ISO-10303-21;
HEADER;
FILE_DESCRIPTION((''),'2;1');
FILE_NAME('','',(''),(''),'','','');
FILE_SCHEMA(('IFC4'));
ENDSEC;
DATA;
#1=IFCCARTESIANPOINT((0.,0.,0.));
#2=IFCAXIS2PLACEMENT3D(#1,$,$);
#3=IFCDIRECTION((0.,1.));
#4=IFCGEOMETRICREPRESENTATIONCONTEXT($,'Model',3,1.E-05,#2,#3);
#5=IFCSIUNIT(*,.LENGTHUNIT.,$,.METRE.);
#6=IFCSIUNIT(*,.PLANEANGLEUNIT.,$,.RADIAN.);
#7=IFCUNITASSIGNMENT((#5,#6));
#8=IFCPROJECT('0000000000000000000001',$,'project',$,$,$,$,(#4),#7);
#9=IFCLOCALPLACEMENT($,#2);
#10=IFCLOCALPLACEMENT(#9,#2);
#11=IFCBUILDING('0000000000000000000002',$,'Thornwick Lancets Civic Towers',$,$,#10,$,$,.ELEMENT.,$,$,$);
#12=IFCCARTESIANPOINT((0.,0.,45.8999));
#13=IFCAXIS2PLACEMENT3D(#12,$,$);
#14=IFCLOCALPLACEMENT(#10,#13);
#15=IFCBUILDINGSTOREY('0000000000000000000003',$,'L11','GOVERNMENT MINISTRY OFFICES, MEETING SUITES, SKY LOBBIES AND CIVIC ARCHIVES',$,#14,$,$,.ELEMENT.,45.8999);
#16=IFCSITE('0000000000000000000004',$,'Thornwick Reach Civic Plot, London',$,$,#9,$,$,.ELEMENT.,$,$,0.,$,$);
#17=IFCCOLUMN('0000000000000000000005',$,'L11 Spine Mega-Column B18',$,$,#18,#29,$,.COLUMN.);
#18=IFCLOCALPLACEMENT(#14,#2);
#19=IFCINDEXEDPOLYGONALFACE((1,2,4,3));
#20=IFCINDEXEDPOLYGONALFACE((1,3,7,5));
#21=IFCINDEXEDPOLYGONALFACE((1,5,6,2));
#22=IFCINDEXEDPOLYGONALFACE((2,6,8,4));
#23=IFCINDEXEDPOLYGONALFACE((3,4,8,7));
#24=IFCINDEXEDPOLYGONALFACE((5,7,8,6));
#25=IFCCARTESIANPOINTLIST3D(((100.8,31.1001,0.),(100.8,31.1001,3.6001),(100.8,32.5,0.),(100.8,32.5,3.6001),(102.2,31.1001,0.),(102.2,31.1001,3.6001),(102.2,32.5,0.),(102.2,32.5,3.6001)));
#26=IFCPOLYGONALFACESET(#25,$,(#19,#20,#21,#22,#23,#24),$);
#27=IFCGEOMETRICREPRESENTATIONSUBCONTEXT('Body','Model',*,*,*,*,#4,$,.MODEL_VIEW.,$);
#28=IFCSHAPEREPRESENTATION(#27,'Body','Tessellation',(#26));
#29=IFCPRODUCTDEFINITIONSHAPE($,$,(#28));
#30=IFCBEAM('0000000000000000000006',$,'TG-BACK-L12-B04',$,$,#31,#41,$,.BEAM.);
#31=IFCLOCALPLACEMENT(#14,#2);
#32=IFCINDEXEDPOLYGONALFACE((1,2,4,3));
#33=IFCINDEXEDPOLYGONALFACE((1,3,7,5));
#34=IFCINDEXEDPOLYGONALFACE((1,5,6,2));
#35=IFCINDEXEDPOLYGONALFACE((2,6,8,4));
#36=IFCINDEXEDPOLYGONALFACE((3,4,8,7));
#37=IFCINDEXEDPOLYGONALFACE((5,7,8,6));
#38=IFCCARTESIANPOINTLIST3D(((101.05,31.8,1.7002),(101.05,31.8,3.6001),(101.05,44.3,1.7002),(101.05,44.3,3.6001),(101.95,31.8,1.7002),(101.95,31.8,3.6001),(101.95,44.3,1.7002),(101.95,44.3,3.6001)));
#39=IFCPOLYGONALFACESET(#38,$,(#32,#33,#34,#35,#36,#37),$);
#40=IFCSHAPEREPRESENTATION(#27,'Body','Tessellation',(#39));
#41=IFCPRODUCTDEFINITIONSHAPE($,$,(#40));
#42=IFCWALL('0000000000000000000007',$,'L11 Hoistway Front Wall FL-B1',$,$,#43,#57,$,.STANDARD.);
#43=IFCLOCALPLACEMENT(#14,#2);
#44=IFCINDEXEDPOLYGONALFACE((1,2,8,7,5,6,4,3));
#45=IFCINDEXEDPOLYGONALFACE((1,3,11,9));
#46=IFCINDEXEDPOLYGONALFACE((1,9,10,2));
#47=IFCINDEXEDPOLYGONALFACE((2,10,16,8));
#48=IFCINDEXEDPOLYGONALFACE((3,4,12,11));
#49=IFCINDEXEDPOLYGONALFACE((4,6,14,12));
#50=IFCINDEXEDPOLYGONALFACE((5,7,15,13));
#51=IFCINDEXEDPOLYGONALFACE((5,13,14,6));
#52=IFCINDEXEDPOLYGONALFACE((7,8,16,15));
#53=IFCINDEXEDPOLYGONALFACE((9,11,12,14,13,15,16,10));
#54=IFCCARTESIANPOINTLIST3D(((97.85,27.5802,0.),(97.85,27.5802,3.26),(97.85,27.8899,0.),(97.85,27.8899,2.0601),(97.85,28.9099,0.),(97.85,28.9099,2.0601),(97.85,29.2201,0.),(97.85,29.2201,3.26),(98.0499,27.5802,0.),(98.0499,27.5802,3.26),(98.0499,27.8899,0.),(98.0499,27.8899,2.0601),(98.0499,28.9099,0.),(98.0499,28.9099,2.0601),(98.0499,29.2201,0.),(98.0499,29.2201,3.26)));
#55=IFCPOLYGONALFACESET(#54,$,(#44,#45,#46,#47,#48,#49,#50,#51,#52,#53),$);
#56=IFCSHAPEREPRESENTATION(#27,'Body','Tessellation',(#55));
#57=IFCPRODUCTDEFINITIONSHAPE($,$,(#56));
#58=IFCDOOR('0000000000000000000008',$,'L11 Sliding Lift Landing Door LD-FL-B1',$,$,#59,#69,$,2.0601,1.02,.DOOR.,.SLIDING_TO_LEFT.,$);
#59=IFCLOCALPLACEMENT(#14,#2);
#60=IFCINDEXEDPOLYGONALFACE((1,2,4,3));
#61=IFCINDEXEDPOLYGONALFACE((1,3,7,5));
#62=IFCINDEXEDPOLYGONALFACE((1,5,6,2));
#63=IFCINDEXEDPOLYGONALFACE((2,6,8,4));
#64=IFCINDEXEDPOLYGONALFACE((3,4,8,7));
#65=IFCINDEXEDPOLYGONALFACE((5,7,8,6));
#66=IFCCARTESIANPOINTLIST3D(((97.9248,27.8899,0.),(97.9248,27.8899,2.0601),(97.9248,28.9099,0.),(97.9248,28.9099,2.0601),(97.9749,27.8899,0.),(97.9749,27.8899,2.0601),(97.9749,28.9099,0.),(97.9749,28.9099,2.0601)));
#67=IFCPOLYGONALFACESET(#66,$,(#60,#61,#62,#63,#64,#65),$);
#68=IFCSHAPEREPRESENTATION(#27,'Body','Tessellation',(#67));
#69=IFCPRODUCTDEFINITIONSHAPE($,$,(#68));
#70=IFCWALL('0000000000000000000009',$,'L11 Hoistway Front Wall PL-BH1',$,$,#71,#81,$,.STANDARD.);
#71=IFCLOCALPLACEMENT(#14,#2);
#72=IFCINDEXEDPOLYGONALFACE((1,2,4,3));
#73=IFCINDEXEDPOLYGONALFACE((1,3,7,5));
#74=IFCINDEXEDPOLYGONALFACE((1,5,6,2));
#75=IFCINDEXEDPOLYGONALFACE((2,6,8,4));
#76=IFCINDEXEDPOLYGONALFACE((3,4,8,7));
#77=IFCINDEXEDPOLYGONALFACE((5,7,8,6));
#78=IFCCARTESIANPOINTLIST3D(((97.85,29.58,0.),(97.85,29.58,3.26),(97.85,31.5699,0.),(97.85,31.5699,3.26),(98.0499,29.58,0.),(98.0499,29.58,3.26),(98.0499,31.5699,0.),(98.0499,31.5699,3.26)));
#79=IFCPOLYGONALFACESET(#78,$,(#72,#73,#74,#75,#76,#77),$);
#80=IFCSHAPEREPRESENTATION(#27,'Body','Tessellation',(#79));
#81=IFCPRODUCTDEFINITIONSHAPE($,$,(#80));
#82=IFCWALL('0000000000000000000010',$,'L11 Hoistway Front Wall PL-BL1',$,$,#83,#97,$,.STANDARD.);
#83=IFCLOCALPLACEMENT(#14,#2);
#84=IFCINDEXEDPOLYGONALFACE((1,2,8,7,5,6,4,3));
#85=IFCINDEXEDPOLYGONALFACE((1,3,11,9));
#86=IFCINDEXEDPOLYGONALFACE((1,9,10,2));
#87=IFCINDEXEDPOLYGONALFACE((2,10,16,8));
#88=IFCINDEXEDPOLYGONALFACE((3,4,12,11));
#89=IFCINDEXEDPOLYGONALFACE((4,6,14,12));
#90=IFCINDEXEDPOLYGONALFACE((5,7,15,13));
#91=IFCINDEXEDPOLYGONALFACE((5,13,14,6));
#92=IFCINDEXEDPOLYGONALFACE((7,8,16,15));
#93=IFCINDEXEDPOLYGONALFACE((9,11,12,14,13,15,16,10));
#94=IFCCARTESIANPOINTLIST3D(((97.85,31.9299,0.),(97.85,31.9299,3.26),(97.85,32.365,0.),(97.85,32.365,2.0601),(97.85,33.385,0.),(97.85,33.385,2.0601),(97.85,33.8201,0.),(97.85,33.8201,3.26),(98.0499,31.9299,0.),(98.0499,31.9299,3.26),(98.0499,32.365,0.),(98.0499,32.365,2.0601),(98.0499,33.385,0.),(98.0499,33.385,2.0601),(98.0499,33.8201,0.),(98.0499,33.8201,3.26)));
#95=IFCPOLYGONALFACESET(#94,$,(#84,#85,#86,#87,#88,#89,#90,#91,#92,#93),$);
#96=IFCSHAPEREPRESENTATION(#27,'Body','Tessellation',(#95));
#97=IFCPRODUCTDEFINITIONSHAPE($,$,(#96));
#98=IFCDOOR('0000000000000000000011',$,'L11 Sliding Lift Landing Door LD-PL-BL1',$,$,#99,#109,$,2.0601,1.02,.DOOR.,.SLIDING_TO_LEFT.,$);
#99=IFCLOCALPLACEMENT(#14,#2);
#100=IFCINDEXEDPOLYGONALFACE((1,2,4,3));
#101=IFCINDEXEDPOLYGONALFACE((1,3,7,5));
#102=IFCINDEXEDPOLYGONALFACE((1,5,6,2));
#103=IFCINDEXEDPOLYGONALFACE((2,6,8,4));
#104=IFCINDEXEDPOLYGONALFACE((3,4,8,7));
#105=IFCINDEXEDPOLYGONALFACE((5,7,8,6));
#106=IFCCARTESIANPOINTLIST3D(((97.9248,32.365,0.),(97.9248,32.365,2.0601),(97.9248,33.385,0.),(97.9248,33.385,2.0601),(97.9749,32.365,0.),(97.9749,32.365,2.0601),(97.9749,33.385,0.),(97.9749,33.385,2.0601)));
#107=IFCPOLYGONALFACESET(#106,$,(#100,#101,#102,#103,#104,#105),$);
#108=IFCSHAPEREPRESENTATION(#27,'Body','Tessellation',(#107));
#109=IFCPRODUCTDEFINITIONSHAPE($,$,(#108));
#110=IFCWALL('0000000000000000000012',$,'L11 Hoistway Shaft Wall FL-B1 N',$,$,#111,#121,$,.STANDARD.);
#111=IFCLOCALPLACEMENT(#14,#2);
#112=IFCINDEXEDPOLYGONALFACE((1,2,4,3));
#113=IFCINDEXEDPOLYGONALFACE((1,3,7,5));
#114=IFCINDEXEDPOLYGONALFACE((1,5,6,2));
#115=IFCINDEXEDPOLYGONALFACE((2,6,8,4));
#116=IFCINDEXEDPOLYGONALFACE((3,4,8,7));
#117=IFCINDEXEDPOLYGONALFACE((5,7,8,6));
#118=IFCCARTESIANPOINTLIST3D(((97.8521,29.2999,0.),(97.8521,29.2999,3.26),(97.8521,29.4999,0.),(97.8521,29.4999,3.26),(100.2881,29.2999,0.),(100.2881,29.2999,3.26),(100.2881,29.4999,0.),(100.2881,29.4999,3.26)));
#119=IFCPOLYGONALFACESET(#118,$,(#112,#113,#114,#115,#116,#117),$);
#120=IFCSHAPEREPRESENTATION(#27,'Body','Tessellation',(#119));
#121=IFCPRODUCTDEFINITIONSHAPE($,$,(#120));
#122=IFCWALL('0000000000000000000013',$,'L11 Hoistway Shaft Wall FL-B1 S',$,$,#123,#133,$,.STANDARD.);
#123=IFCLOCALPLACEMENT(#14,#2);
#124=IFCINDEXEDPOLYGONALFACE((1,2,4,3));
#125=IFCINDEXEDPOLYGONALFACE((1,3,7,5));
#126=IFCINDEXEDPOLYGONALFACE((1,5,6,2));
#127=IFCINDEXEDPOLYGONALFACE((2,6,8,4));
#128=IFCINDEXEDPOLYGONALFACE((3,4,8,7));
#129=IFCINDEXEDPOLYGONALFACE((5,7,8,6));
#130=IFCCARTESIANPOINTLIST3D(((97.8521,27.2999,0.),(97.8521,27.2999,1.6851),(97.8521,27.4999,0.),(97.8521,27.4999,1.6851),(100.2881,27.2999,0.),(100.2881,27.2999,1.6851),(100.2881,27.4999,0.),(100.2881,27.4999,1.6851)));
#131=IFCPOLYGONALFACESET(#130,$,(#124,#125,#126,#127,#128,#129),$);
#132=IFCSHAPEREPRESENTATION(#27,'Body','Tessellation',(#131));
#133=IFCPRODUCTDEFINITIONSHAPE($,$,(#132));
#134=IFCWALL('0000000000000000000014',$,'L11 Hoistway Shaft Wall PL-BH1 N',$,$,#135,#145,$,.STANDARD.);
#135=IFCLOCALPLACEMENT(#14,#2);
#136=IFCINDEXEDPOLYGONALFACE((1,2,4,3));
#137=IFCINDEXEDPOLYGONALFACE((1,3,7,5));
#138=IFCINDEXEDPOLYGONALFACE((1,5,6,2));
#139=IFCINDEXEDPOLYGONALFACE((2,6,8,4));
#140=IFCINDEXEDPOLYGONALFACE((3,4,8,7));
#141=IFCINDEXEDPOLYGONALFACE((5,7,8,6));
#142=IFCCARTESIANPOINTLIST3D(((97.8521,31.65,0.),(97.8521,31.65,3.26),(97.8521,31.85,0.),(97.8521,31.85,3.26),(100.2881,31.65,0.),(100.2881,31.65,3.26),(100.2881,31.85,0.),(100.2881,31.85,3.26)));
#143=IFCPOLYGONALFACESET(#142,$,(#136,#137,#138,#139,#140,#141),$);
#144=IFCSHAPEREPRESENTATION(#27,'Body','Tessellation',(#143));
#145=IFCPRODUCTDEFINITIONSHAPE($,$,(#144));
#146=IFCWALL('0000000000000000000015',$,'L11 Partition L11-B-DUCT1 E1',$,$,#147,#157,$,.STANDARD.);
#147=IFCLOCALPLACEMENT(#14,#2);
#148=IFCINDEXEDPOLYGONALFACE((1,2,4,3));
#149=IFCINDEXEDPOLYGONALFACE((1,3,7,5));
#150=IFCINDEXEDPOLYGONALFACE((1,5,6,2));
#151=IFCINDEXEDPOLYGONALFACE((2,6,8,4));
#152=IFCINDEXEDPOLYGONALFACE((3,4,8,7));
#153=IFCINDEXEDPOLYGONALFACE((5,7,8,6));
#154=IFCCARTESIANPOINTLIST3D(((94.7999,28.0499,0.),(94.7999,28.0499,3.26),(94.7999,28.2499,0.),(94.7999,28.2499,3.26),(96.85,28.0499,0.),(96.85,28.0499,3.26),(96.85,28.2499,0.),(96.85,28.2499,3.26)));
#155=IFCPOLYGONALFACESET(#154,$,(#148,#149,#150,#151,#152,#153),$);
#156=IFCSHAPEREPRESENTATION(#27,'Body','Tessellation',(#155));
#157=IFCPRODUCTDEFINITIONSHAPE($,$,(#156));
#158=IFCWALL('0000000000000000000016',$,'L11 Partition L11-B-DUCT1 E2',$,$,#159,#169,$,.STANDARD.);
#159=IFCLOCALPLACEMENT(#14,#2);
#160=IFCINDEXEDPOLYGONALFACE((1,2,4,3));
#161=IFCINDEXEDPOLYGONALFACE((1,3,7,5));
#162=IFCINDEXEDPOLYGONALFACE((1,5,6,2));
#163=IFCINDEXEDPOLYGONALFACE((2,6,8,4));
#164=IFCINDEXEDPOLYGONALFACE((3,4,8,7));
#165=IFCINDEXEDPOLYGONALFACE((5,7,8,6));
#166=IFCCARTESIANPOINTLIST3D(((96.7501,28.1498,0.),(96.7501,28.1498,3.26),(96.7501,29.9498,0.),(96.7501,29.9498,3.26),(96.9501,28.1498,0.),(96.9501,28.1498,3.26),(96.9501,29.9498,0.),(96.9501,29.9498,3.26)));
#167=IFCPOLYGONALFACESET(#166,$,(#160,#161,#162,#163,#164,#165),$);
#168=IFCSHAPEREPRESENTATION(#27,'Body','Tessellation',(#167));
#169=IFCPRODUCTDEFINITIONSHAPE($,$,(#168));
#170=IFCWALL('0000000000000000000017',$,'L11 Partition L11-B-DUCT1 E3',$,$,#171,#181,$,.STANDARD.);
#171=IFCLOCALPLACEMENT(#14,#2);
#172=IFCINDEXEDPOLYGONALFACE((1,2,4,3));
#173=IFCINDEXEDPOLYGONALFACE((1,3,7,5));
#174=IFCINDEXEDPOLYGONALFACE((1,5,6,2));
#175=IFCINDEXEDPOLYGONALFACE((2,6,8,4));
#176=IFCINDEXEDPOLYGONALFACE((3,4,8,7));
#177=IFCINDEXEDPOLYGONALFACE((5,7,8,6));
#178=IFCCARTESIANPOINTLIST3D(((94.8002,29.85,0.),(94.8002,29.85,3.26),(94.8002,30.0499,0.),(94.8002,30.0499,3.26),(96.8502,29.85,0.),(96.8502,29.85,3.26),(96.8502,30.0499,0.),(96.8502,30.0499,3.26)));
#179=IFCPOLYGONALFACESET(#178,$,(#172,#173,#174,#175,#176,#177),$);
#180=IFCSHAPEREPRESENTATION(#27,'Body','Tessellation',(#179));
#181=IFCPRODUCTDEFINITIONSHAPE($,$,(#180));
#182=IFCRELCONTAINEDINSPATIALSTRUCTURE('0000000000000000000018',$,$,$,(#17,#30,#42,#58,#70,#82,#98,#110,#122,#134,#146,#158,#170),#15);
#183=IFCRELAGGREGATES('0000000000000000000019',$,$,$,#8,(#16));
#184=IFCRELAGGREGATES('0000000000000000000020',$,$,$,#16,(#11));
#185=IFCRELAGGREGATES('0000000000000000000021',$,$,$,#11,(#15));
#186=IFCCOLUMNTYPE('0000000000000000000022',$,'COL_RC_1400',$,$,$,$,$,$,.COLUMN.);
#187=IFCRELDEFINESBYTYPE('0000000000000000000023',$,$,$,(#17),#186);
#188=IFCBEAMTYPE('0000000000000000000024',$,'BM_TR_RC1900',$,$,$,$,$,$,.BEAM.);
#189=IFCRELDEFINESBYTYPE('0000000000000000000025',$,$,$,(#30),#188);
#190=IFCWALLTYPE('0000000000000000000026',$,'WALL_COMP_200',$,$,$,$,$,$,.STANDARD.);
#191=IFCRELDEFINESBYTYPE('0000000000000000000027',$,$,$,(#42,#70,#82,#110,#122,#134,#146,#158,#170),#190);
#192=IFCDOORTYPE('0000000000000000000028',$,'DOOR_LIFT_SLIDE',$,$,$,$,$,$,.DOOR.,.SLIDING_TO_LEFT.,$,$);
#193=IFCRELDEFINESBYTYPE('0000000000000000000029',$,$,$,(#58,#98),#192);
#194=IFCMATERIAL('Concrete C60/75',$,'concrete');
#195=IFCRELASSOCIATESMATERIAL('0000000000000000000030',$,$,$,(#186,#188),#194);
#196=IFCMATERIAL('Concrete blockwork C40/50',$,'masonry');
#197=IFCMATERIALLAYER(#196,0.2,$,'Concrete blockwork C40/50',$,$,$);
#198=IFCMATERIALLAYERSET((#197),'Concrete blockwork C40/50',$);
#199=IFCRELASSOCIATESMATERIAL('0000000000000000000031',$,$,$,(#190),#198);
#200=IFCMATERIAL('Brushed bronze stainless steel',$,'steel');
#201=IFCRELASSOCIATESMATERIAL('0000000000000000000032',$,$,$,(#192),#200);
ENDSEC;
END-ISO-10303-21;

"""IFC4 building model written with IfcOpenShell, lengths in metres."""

from ifc_helpers import new_model, si_unit, direction, frame, frame_2d, origin, origin_2d, place, context, subcontext, project, spatial, rectangle, extrude, material, layer, layer_set, material_profile, profile_set, type_object, element, fill, save


model = new_model("IFC4")

# Units and contexts
model_context = context("Model", 3, precision=1e-05, world=origin(), true_north=direction((0.0, 1.0)))
body_context = subcontext(model_context, "Body", "Model", "MODEL_VIEW")
ifc_project = project(units=[si_unit("LENGTHUNIT", "METRE"), si_unit("PLANEANGLEUNIT", "RADIAN")], contexts=[model_context])

# Site, building, storey
site_placement = place(None, origin())
site = spatial("IfcSite", under=ifc_project, at=site_placement, Name="Thornwick Reach Civic Plot, London", CompositionType="ELEMENT", RefElevation=0.0)
building_placement = place(site_placement, origin())
building = spatial("IfcBuilding", under=site, at=building_placement, Name="Thornwick Lancets Civic Towers", CompositionType="ELEMENT")
storey_placement = place(building_placement, frame((0.0, 0.0, 45.8999)))
storey = spatial("IfcBuildingStorey", under=building, at=storey_placement, Name="L11", Description="GOVERNMENT MINISTRY OFFICES, MEETING SUITES, SKY LOBBIES AND CIVIC ARCHIVES", CompositionType="ELEMENT", Elevation=45.8999)

# Column
ifc_material_1 = material(Name="Concrete C60/75", Category="concrete")
ifc_material_profile_1 = material_profile(ifc_material_1, rectangle(XDim=1.3999, YDim=1.3999, at=origin_2d()), Name="RC 1400x1400")
ifc_profile_set_1 = profile_set([ifc_material_profile_1], Name="Concrete C60/75")
column_type = type_object("IfcColumnType", Name="COL_RC_1400", PredefinedType="COLUMN", material=ifc_profile_set_1)
column_placement = place(storey_placement, frame((101.5, 31.8, 0.0), z_axis=(0.0, 0.0, 1.0), x_axis=(1.0, 0.0, 0.0)))
element("IfcColumn", 1, at=column_placement, inside=storey, type_object=column_type, Name="L11 Spine Mega-Column B18", PredefinedType="COLUMN", context=body_context, shape_type="SweptSolid", body=[
    extrude(rectangle(XDim=1.3999, YDim=1.3999, at=origin_2d()), origin(), (0.0, 0.0, 1.0), 3.6001),
])

# Beam
ifc_material_profile_2 = material_profile(ifc_material_1, rectangle(XDim=0.8999, YDim=1.8999, at=origin_2d()), Name="RC 900x1900")
ifc_profile_set_2 = profile_set([ifc_material_profile_2], Name="Concrete C60/75")
beam_type = type_object("IfcBeamType", Name="BM_TR_RC1900", PredefinedType="BEAM", material=ifc_profile_set_2)
beam_placement = place(storey_placement, frame((101.5, 31.8, 2.6501), z_axis=(0.0, 1.0, 0.0), x_axis=(-1.0, 0.0, 0.0)))
element("IfcBeam", 2, at=beam_placement, inside=storey, type_object=beam_type, Name="TG-BACK-L12-B04", PredefinedType="BEAM", context=body_context, shape_type="SweptSolid", body=[
    extrude(rectangle(XDim=0.8999, YDim=1.8999, at=origin_2d()), origin(), (0.0, 0.0, 1.0), 12.5),
])

# Wall, opening, door
ifc_material_2 = material(Name="Concrete blockwork C40/50", Category="masonry")
ifc_layer_1 = layer(ifc_material_2, 0.2, Name="Concrete blockwork C40/50")
ifc_layer_set_1 = layer_set([ifc_layer_1], Name="Concrete blockwork C40/50")
wall_type_1 = type_object("IfcWallType", Name="WALL_COMP_200", PredefinedType="STANDARD", material=ifc_layer_set_1)
wall_1_placement = place(storey_placement, frame((97.95, 29.22, 0.0), z_axis=(0.0, 0.0, 1.0), x_axis=(0.0, -1.0, 0.0)))
wall_1 = element("IfcWall", 3, at=wall_1_placement, inside=storey, type_object=wall_type_1, Name="L11 Hoistway Front Wall FL-B1", PredefinedType="STANDARD", context=body_context, shape_type="SweptSolid", body=[
    extrude(rectangle(XDim=1.6399, YDim=0.2, at=frame_2d((0.8198, 0.0))), origin(), (0.0, 0.0, 1.0), 3.26),
])
opening_1_placement = place(wall_1_placement, frame((0.3101, 0.0, 0.0)))
opening_1 = element("IfcOpeningElement", 4, at=opening_1_placement, cuts=wall_1, PredefinedType="OPENING", context=body_context, shape_type="SweptSolid", body=[
    extrude(rectangle(XDim=1.02, YDim=2.0601, at=frame_2d((0.51, 1.03))), frame((0.0, 0.1099, 0.0), z_axis=(0.0, -1.0, 0.0), x_axis=(1.0, 0.0, 0.0)), (0.0, 0.0, 1.0), 0.22),
])
ifc_material_3 = material(Name="Brushed bronze stainless steel", Category="steel")
door_type_1 = type_object("IfcDoorType", Name="DOOR_LIFT_SLIDE", OperationType="SLIDING_TO_LEFT", PredefinedType="DOOR", material=ifc_material_3)
door_1_placement = place(opening_1_placement, origin())
door_1 = element("IfcDoor", 5, at=door_1_placement, inside=storey, type_object=door_type_1, Name="L11 Sliding Lift Landing Door LD-FL-B1", OperationType="SLIDING_TO_LEFT", OverallHeight=2.0601, OverallWidth=1.02, PredefinedType="DOOR", context=body_context, shape_type="SweptSolid", body=[
    extrude(rectangle(XDim=1.02, YDim=2.0601, at=frame_2d((0.51, 1.03))), frame((0.0, 0.0249, 0.0), z_axis=(0.0, -1.0, 0.0), x_axis=(1.0, 0.0, 0.0)), (0.0, 0.0, 1.0), 0.05),
])
fill(opening_1, door_1)

# Wall
wall_2_placement = place(storey_placement, frame((97.95, 31.5701, 0.0), z_axis=(0.0, 0.0, 1.0), x_axis=(0.0, -1.0, 0.0)))
element("IfcWall", 6, at=wall_2_placement, inside=storey, type_object=wall_type_1, Name="L11 Hoistway Front Wall PL-BH1", PredefinedType="STANDARD", context=body_context, shape_type="SweptSolid", body=[
    extrude(rectangle(XDim=1.99, YDim=0.2, at=frame_2d((0.9951, 0.0))), origin(), (0.0, 0.0, 1.0), 3.26),
])

# Wall, opening, door
wall_3_placement = place(storey_placement, frame((97.95, 33.8201, 0.0), z_axis=(0.0, 0.0, 1.0), x_axis=(0.0, -1.0, 0.0)))
wall_3 = element("IfcWall", 7, at=wall_3_placement, inside=storey, type_object=wall_type_1, Name="L11 Hoistway Front Wall PL-BL1", PredefinedType="STANDARD", context=body_context, shape_type="SweptSolid", body=[
    extrude(rectangle(XDim=1.8901, YDim=0.2, at=frame_2d((0.9451, 0.0))), origin(), (0.0, 0.0, 1.0), 3.26),
])
opening_2_placement = place(wall_3_placement, frame((0.4351, 0.0, 0.0)))
opening_2 = element("IfcOpeningElement", 8, at=opening_2_placement, cuts=wall_3, PredefinedType="OPENING", context=body_context, shape_type="SweptSolid", body=[
    extrude(rectangle(XDim=1.02, YDim=2.0601, at=frame_2d((0.51, 1.03))), frame((0.0, 0.1099, 0.0), z_axis=(0.0, -1.0, 0.0), x_axis=(1.0, 0.0, 0.0)), (0.0, 0.0, 1.0), 0.22),
])
door_2_placement = place(opening_2_placement, origin())
door_2 = element("IfcDoor", 9, at=door_2_placement, inside=storey, type_object=door_type_1, Name="L11 Sliding Lift Landing Door LD-PL-BL1", OperationType="SLIDING_TO_LEFT", OverallHeight=2.0601, OverallWidth=1.02, PredefinedType="DOOR", context=body_context, shape_type="SweptSolid", body=[
    extrude(rectangle(XDim=1.02, YDim=2.0601, at=frame_2d((0.51, 1.03))), frame((0.0, 0.0249, 0.0), z_axis=(0.0, -1.0, 0.0), x_axis=(1.0, 0.0, 0.0)), (0.0, 0.0, 1.0), 0.05),
])
fill(opening_2, door_2)

# Walls
wall_4_placement = place(storey_placement, frame((97.8521, 29.3999, 0.0), z_axis=(0.0, 0.0, 1.0), x_axis=(1.0, 0.0, 0.0)))
element("IfcWall", 10, at=wall_4_placement, inside=storey, type_object=wall_type_1, Name="L11 Hoistway Shaft Wall FL-B1 N", PredefinedType="STANDARD", context=body_context, shape_type="SweptSolid", body=[
    extrude(rectangle(XDim=2.436, YDim=0.2, at=frame_2d((1.218, 0.0))), origin(), (0.0, 0.0, 1.0), 3.26),
])
wall_5_placement = place(storey_placement, frame((97.8521, 27.3999, 0.0), z_axis=(0.0, 0.0, 1.0), x_axis=(1.0, 0.0, 0.0)))
element("IfcWall", 11, at=wall_5_placement, inside=storey, type_object=wall_type_1, Name="L11 Hoistway Shaft Wall FL-B1 S", PredefinedType="STANDARD", context=body_context, shape_type="SweptSolid", body=[
    extrude(rectangle(XDim=2.436, YDim=0.2, at=frame_2d((1.218, 0.0))), origin(), (0.0, 0.0, 1.0), 1.6851),
])
wall_6_placement = place(storey_placement, frame((97.8521, 31.75, 0.0), z_axis=(0.0, 0.0, 1.0), x_axis=(1.0, 0.0, 0.0)))
element("IfcWall", 12, at=wall_6_placement, inside=storey, type_object=wall_type_1, Name="L11 Hoistway Shaft Wall PL-BH1 N", PredefinedType="STANDARD", context=body_context, shape_type="SweptSolid", body=[
    extrude(rectangle(XDim=2.436, YDim=0.2, at=frame_2d((1.218, 0.0))), origin(), (0.0, 0.0, 1.0), 3.26),
])
wall_7_placement = place(storey_placement, frame((94.8, 28.1499, 0.0), z_axis=(0.0, 0.0, 1.0), x_axis=(1.0, 0.0, 0.0)))
element("IfcWall", 13, at=wall_7_placement, inside=storey, type_object=wall_type_1, Name="L11 Partition L11-B-DUCT1 E1", PredefinedType="STANDARD", context=body_context, shape_type="SweptSolid", body=[
    extrude(rectangle(XDim=2.05, YDim=0.2, at=frame_2d((1.0249, 0.0))), origin(), (0.0, 0.0, 1.0), 3.26),
])
wall_8_placement = place(storey_placement, frame((96.8501, 28.1499, 0.0), z_axis=(0.0, 0.0, 1.0), x_axis=(0.0, 1.0, 0.0)))
element("IfcWall", 14, at=wall_8_placement, inside=storey, type_object=wall_type_1, Name="L11 Partition L11-B-DUCT1 E2", PredefinedType="STANDARD", context=body_context, shape_type="SweptSolid", body=[
    extrude(rectangle(XDim=1.8, YDim=0.2, at=frame_2d((0.8999, 0.0))), origin(), (0.0, 0.0, 1.0), 3.26),
])
wall_9_placement = place(storey_placement, frame((96.8501, 29.95, 0.0), z_axis=(0.0, 0.0, 1.0), x_axis=(-1.0, 0.0, 0.0)))
element("IfcWall", 15, at=wall_9_placement, inside=storey, type_object=wall_type_1, Name="L11 Partition L11-B-DUCT1 E3", PredefinedType="STANDARD", context=body_context, shape_type="SweptSolid", body=[
    extrude(rectangle(XDim=2.05, YDim=0.2, at=frame_2d((1.0249, 0.0))), origin(), (0.0, 0.0, 1.0), 3.26),
])

save(model, "model.ifc")
